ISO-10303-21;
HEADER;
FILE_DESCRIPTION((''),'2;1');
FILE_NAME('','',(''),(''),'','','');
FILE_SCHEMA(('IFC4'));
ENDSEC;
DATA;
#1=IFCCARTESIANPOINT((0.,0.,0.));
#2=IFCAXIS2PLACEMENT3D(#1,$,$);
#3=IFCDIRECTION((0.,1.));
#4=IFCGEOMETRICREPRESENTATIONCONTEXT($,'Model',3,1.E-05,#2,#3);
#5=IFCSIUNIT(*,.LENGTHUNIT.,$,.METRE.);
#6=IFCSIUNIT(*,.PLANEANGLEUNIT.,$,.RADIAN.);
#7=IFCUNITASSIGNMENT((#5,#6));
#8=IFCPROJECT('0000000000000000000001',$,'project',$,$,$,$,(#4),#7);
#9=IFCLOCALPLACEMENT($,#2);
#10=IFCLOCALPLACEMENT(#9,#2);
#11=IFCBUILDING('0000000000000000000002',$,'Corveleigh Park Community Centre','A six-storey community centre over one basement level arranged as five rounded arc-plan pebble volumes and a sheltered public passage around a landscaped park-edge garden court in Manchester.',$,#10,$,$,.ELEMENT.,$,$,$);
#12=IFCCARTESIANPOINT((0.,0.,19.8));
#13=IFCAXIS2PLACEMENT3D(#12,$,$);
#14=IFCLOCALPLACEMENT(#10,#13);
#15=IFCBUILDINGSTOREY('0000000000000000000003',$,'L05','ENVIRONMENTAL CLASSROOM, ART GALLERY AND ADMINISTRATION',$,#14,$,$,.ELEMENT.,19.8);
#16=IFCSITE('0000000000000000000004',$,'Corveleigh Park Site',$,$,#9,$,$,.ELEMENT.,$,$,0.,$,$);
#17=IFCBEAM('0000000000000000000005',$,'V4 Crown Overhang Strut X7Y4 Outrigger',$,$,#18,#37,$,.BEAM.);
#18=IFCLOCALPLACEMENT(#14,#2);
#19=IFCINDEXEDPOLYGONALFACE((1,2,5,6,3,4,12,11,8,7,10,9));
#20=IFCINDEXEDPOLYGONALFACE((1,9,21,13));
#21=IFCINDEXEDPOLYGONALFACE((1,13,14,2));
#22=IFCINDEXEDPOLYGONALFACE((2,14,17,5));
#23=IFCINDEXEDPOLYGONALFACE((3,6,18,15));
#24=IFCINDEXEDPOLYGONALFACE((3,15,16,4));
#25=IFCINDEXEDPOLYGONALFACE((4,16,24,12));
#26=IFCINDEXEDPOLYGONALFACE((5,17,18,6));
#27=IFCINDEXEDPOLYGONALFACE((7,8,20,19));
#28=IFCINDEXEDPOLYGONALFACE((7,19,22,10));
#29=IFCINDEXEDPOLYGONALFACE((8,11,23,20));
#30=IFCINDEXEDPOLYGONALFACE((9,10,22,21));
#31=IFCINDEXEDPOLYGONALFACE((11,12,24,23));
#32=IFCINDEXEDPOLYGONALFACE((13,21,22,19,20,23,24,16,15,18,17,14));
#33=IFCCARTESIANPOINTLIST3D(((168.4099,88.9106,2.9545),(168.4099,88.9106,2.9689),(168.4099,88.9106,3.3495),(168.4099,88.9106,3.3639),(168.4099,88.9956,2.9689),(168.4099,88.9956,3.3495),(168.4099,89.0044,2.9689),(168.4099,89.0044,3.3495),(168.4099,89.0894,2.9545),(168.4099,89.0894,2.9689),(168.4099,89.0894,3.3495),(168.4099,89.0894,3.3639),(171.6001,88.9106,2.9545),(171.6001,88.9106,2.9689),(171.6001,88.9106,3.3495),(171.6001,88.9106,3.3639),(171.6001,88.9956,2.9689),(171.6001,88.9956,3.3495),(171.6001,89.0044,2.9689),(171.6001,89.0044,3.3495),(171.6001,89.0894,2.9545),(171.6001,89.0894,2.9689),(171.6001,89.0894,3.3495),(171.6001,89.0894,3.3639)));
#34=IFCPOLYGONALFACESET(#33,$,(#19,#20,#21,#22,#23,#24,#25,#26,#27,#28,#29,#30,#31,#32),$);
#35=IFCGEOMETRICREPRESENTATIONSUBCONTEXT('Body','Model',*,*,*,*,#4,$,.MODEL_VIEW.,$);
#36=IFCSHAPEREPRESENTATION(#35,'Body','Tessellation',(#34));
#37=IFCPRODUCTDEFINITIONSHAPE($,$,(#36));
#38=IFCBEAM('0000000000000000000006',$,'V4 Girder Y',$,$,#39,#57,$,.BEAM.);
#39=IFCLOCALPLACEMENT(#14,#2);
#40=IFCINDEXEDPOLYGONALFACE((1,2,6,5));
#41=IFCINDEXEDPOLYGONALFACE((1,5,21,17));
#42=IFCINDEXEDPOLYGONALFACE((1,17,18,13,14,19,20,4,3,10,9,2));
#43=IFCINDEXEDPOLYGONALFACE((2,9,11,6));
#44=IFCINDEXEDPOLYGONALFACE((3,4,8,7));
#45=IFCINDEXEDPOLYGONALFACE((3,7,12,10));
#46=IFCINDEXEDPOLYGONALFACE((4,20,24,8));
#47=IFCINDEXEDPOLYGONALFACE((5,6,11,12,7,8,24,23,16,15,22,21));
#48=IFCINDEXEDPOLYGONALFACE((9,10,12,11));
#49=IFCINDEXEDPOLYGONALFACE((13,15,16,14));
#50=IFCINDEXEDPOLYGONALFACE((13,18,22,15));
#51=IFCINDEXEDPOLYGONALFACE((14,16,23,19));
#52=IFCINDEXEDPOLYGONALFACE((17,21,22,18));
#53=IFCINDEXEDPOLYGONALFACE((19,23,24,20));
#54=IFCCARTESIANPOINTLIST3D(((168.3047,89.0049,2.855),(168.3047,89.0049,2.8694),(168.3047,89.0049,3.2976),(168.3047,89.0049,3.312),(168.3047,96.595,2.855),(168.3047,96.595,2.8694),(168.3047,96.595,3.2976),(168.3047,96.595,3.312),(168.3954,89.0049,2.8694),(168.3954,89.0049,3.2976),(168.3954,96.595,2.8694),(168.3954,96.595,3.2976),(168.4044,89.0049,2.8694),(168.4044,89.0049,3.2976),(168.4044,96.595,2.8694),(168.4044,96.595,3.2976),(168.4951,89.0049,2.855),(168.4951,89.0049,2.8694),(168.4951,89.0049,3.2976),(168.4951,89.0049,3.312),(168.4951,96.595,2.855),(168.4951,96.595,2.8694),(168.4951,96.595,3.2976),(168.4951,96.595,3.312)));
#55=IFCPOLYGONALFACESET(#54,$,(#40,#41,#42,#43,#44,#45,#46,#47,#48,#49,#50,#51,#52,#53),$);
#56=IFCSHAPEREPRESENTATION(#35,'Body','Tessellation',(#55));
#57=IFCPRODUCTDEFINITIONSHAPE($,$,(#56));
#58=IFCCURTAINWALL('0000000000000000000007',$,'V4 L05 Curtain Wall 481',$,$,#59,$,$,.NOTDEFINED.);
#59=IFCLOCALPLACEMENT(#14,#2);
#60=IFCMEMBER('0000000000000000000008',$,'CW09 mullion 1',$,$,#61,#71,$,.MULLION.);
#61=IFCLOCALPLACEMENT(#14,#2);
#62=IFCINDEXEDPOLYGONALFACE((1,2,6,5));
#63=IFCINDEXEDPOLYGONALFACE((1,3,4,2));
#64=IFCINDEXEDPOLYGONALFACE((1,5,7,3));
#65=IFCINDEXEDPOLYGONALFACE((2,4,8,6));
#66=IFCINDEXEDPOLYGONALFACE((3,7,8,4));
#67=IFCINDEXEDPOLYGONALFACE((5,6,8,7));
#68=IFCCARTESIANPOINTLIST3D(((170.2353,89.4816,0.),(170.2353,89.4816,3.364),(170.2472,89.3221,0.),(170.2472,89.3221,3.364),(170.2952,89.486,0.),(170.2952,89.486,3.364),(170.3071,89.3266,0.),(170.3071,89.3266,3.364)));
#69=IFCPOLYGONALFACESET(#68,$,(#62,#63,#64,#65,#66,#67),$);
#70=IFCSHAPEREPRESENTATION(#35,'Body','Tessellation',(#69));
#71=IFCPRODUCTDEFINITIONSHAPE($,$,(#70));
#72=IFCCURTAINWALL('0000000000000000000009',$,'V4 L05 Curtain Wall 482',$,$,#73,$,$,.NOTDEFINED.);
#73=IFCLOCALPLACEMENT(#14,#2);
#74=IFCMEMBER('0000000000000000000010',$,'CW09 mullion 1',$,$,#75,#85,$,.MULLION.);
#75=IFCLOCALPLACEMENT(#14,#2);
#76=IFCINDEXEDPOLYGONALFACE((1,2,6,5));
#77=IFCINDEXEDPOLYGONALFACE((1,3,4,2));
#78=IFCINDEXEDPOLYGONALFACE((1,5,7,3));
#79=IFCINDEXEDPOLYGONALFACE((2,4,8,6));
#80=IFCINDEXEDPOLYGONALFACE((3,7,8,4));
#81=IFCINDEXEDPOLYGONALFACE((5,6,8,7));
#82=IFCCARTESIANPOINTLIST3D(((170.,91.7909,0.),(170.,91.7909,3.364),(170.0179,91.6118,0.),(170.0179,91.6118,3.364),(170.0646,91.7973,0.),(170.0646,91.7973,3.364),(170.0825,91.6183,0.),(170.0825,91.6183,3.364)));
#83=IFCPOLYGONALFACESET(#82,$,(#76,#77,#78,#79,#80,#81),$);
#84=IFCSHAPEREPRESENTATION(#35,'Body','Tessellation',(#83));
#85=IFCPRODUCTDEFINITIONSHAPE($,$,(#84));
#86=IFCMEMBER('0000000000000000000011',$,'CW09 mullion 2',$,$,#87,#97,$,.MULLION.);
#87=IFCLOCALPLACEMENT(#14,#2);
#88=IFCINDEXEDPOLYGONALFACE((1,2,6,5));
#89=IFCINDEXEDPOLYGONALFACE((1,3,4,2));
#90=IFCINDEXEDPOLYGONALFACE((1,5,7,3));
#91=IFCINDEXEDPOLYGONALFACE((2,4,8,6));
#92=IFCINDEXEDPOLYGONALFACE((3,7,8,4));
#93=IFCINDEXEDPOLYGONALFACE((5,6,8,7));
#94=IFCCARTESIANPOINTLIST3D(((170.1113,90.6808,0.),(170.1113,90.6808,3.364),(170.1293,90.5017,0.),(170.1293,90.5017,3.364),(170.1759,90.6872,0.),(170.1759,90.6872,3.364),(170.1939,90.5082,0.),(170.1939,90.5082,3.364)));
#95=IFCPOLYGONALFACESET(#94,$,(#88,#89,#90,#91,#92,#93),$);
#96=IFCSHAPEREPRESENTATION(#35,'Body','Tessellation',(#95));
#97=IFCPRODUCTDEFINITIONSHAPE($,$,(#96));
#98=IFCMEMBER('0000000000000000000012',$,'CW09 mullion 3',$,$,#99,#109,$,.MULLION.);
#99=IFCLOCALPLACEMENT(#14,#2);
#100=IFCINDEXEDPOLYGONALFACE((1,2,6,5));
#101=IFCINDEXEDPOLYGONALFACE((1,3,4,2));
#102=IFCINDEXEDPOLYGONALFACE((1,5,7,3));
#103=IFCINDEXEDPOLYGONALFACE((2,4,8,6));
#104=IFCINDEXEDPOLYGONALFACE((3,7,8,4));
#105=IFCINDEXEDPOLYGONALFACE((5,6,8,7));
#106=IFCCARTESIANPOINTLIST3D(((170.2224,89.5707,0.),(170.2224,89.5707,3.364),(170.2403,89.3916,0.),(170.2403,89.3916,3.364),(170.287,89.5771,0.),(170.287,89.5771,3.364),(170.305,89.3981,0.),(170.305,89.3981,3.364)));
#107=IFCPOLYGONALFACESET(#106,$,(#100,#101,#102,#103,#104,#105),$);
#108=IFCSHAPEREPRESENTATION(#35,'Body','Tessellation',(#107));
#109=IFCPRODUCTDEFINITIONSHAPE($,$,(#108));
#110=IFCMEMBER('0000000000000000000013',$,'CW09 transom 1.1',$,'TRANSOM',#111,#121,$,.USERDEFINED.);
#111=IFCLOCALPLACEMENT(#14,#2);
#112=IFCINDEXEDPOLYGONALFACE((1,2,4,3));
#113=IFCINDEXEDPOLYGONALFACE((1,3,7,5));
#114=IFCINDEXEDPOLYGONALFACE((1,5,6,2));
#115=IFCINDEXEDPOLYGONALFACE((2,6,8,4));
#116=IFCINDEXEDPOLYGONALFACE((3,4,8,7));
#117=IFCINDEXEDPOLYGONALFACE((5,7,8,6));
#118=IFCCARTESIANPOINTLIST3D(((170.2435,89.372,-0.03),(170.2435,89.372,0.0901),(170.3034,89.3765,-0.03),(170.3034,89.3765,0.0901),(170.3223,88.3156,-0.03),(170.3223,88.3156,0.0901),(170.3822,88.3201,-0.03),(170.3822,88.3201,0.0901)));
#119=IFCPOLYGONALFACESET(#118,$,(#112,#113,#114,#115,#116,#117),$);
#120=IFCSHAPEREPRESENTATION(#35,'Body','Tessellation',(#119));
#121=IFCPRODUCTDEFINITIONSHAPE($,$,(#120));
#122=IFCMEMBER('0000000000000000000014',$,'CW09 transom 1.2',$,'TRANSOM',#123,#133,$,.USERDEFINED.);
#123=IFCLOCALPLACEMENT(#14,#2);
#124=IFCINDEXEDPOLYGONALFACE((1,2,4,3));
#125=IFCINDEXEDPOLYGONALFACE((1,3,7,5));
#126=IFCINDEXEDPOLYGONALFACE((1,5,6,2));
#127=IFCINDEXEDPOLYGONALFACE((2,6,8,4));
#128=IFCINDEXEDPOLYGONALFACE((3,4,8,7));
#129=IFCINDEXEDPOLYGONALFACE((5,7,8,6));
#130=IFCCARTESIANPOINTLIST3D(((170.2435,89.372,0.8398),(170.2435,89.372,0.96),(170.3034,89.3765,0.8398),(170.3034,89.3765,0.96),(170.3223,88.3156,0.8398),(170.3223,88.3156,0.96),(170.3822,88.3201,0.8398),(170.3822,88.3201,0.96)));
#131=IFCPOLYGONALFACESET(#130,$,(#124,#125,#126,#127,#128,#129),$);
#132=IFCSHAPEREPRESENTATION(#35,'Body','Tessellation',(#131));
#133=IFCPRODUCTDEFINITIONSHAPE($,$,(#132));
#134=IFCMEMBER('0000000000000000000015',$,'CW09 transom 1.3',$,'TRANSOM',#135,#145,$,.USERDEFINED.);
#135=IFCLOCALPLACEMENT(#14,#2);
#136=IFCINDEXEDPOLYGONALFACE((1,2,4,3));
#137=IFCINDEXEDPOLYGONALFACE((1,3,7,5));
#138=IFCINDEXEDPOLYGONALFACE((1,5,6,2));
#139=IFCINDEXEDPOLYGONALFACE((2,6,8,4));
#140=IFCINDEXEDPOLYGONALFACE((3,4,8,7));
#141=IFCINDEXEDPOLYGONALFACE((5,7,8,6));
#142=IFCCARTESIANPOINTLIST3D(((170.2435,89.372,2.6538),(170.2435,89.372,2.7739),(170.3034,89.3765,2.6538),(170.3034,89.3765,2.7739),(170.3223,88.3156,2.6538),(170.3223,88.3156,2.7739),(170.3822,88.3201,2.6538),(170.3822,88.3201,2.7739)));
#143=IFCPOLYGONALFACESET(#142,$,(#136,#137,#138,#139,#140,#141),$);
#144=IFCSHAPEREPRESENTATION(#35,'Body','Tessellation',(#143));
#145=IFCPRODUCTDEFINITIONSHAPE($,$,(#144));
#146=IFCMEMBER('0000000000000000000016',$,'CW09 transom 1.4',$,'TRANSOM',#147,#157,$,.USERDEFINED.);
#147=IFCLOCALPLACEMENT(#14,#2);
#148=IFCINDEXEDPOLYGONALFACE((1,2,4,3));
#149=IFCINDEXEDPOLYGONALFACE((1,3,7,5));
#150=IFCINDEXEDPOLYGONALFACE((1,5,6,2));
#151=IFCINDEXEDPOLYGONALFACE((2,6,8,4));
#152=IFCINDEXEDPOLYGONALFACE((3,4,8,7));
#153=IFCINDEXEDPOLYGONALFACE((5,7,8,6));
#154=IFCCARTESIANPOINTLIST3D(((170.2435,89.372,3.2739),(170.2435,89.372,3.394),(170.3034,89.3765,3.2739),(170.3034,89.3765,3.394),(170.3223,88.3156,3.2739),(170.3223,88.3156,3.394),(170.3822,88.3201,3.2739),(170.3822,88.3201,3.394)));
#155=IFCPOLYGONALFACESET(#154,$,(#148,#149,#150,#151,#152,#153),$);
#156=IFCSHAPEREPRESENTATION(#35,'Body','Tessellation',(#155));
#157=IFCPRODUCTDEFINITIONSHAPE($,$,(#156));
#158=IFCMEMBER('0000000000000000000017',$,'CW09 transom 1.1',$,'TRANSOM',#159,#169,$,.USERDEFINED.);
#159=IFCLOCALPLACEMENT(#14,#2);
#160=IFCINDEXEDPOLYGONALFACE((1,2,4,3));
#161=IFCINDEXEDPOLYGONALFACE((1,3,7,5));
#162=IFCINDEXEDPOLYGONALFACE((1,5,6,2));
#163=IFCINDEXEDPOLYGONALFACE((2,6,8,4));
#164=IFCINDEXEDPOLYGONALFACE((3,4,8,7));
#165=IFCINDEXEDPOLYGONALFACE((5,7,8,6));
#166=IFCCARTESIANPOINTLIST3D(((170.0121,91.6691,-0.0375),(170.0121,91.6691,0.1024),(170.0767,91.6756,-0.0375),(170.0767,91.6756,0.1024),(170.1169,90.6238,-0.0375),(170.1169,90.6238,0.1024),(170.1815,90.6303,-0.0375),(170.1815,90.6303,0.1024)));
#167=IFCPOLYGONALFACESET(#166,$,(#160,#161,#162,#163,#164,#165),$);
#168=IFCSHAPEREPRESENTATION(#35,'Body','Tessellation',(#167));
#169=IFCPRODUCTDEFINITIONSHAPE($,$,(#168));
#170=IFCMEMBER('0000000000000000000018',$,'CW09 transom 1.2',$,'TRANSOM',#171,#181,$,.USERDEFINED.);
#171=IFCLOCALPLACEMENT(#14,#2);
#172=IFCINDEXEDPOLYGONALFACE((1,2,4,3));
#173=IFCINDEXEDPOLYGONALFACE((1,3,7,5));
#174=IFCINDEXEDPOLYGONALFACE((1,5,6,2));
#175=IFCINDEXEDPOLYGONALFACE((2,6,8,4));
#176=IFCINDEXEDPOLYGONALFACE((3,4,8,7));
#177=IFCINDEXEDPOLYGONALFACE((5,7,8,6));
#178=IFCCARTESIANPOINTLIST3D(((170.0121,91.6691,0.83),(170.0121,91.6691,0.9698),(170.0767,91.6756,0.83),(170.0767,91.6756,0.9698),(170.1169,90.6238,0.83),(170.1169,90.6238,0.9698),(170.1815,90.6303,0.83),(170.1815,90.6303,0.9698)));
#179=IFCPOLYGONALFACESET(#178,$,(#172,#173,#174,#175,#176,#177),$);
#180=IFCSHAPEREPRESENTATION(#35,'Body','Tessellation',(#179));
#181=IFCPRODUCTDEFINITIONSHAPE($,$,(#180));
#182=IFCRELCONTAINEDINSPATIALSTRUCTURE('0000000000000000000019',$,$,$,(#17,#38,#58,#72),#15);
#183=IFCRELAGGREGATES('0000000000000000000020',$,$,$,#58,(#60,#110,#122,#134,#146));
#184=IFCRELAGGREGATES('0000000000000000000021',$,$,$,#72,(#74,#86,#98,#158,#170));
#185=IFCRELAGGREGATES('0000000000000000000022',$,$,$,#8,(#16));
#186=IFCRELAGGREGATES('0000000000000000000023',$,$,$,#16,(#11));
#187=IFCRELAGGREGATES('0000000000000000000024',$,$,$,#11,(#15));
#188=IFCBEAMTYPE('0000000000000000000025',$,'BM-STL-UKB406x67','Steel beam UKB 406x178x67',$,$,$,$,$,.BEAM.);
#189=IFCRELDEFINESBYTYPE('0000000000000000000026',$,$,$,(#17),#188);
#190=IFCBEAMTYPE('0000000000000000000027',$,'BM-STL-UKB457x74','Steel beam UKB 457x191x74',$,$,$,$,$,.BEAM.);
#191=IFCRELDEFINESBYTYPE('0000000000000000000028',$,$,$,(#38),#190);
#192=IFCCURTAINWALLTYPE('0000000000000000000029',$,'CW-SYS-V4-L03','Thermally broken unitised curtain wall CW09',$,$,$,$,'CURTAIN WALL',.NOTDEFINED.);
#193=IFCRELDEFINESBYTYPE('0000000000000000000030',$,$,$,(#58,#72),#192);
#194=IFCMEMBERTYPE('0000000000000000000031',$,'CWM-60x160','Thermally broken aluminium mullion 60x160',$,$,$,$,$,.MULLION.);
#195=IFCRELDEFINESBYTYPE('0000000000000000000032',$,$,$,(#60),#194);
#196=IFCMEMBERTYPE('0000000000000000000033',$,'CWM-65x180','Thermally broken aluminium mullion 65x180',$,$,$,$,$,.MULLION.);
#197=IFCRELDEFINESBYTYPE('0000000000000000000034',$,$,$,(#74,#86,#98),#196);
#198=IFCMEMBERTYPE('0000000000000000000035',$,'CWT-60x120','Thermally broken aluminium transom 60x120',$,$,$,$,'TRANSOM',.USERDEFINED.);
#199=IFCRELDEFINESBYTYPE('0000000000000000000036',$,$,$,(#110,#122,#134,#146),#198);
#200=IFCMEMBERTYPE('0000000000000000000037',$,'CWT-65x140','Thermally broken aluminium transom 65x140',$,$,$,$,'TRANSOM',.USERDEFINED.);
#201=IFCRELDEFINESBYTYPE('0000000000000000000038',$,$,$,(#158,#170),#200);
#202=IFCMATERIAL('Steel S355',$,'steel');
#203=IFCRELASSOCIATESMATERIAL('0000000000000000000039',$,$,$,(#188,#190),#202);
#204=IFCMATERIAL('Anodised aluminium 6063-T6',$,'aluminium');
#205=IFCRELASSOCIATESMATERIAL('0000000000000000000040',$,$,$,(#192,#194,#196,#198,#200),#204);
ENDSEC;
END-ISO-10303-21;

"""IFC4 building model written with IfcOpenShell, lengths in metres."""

from ifc_helpers import new_model, si_unit, direction, frame, origin, origin_2d, place, context, subcontext, project, spatial, rectangle, i_section, extrude, material, material_profile, profile_set, type_object, element, aggregate, save


model = new_model("IFC4")

# Units and contexts
model_context = context("Model", 3, precision=1e-05, world=origin(), true_north=direction((0.0, 1.0)))
body_context = subcontext(model_context, "Body", "Model", "MODEL_VIEW")
ifc_project = project(units=[si_unit("LENGTHUNIT", "METRE"), si_unit("PLANEANGLEUNIT", "RADIAN")], contexts=[model_context])

# Site, building, storey
site_placement = place(None, origin())
site = spatial("IfcSite", under=ifc_project, at=site_placement, Name="Corveleigh Park Site", CompositionType="ELEMENT", RefElevation=0.0)
building_placement = place(site_placement, origin())
building = spatial("IfcBuilding", under=site, at=building_placement, Name="Corveleigh Park Community Centre", Description="A six-storey community centre over one basement level arranged as five rounded arc-plan pebble volumes and a sheltered public passage around a landscaped park-edge garden court in Manchester.", CompositionType="ELEMENT")
storey_placement = place(building_placement, frame((0.0, 0.0, 19.8)))
storey = spatial("IfcBuildingStorey", under=building, at=storey_placement, Name="L05", Description="ENVIRONMENTAL CLASSROOM, ART GALLERY AND ADMINISTRATION", CompositionType="ELEMENT", Elevation=19.8)

# Beams
ifc_material_1 = material(Name="Steel S355", Category="steel")
ifc_material_profile_1 = material_profile(ifc_material_1, i_section(OverallWidth=0.1787, OverallDepth=0.4094, WebThickness=0.0088, FlangeThickness=0.0144, at=origin_2d()), Name="UKB 406x178x67", Category="steel")
ifc_profile_set_1 = profile_set([ifc_material_profile_1], Name="Steel S355")
beam_type_1 = type_object("IfcBeamType", Name="BM-STL-UKB406x67", Description="Steel beam UKB 406x178x67", PredefinedType="BEAM", material=ifc_profile_set_1)
beam_1_placement = place(storey_placement, frame((168.4099, 89.0, 3.1592), z_axis=(1.0, 0.0, 0.0), x_axis=(0.0, 1.0, 0.0)))
element("IfcBeam", 1, at=beam_1_placement, inside=storey, type_object=beam_type_1, Name="V4 Crown Overhang Strut X7Y4 Outrigger", PredefinedType="BEAM", context=body_context, shape_type="SweptSolid", body=[
    extrude(i_section(OverallWidth=0.1787, OverallDepth=0.4094, WebThickness=0.0088, FlangeThickness=0.0144, at=origin_2d()), origin(), (0.0, 0.0, 1.0), 3.1902),
])
ifc_material_profile_2 = material_profile(ifc_material_1, i_section(OverallWidth=0.1904, OverallDepth=0.457, WebThickness=0.009, FlangeThickness=0.0144, at=origin_2d()), Name="UKB 457x191x74", Category="steel")
ifc_profile_set_2 = profile_set([ifc_material_profile_2], Name="Steel S355")
beam_type_2 = type_object("IfcBeamType", Name="BM-STL-UKB457x74", Description="Steel beam UKB 457x191x74", PredefinedType="BEAM", material=ifc_profile_set_2)
beam_2_placement = place(storey_placement, frame((168.3999, 89.0049, 3.0835), z_axis=(0.0, 1.0, 0.0), x_axis=(-1.0, 0.0, 0.0)))
element("IfcBeam", 2, at=beam_2_placement, inside=storey, type_object=beam_type_2, Name="V4 Girder Y", PredefinedType="BEAM", context=body_context, shape_type="SweptSolid", body=[
    extrude(i_section(OverallWidth=0.1904, OverallDepth=0.457, WebThickness=0.009, FlangeThickness=0.0144, at=origin_2d()), origin(), (0.0, 0.0, 1.0), 7.5901),
])

# Curtain wall, member
ifc_material_2 = material(Name="Anodised aluminium 6063-T6", Category="aluminium")
curtain_wall_type = type_object("IfcCurtainWallType", Name="CW-SYS-V4-L03", Description="Thermally broken unitised curtain wall CW09", ElementType="CURTAIN WALL", PredefinedType="NOTDEFINED", material=ifc_material_2)
curtain_wall_1_placement = place(storey_placement, origin())
curtain_wall_1 = element("IfcCurtainWall", 3, at=curtain_wall_1_placement, inside=storey, type_object=curtain_wall_type, Name="V4 L05 Curtain Wall 481", PredefinedType="NOTDEFINED")
ifc_material_profile_3 = material_profile(ifc_material_2, rectangle(XDim=0.0601, YDim=0.1599, at=origin_2d()), Name="ALU-M60x160", Category="aluminium")
ifc_profile_set_3 = profile_set([ifc_material_profile_3], Name="Anodised aluminium 6063-T6")
member_type_1 = type_object("IfcMemberType", Name="CWM-60x160", Description="Thermally broken aluminium mullion 60x160", PredefinedType="MULLION", material=ifc_profile_set_3)
member_1_placement = place(storey_placement, frame((170.2712, 89.4041, 0.0), z_axis=(0.0, 0.0, 1.0), x_axis=(0.997228, 0.074401, 0.0)))
member_1 = element("IfcMember", 4, at=member_1_placement, type_object=member_type_1, Name="CW09 mullion 1", PredefinedType="MULLION", context=body_context, shape_type="SweptSolid", body=[
    extrude(rectangle(XDim=0.0601, YDim=0.1599, at=origin_2d()), origin(), (0.0, 0.0, 1.0), 3.364),
])

# Curtain wall, members
curtain_wall_2_placement = place(storey_placement, origin())
curtain_wall_2 = element("IfcCurtainWall", 5, at=curtain_wall_2_placement, inside=storey, type_object=curtain_wall_type, Name="V4 L05 Curtain Wall 482", PredefinedType="NOTDEFINED")
ifc_material_profile_4 = material_profile(ifc_material_2, rectangle(XDim=0.0649, YDim=0.1799, at=origin_2d()), Name="ALU-M65x180", Category="aluminium")
ifc_profile_set_4 = profile_set([ifc_material_profile_4], Name="Anodised aluminium 6063-T6")
member_type_2 = type_object("IfcMemberType", Name="CWM-65x180", Description="Thermally broken aluminium mullion 65x180", PredefinedType="MULLION", material=ifc_profile_set_4)
member_2_placement = place(storey_placement, frame((170.0413, 91.7046, 0.0), z_axis=(0.0, 0.0, 1.0), x_axis=(0.995016, 0.099719, 0.0)))
member_2 = element("IfcMember", 6, at=member_2_placement, type_object=member_type_2, Name="CW09 mullion 1", PredefinedType="MULLION", context=body_context, shape_type="SweptSolid", body=[
    extrude(rectangle(XDim=0.0649, YDim=0.1799, at=origin_2d()), origin(), (0.0, 0.0, 1.0), 3.364),
])
member_3_placement = place(storey_placement, frame((170.1526, 90.5945, 0.0), z_axis=(0.0, 0.0, 1.0), x_axis=(0.995016, 0.099719, 0.0)))
member_3 = element("IfcMember", 7, at=member_3_placement, type_object=member_type_2, Name="CW09 mullion 2", PredefinedType="MULLION", context=body_context, shape_type="SweptSolid", body=[
    extrude(rectangle(XDim=0.0649, YDim=0.1799, at=origin_2d()), origin(), (0.0, 0.0, 1.0), 3.364),
])
member_4_placement = place(storey_placement, frame((170.2637, 89.4844, 0.0), z_axis=(0.0, 0.0, 1.0), x_axis=(0.995016, 0.099719, 0.0)))
member_4 = element("IfcMember", 8, at=member_4_placement, type_object=member_type_2, Name="CW09 mullion 3", PredefinedType="MULLION", context=body_context, shape_type="SweptSolid", body=[
    extrude(rectangle(XDim=0.0649, YDim=0.1799, at=origin_2d()), origin(), (0.0, 0.0, 1.0), 3.364),
])

# Members
ifc_material_profile_5 = material_profile(ifc_material_2, rectangle(XDim=0.0601, YDim=0.1201, at=origin_2d()), Name="ALU-T60x120", Category="aluminium")
ifc_profile_set_5 = profile_set([ifc_material_profile_5], Name="Anodised aluminium 6063-T6")
member_type_3 = type_object("IfcMemberType", Name="CWT-60x120", Description="Thermally broken aluminium transom 60x120", ElementType="TRANSOM", PredefinedType="USERDEFINED", material=ifc_profile_set_5)
member_5_placement = place(storey_placement, frame((170.2734, 89.3743, 0.03), z_axis=(0.07444, -0.997225, 0.0), x_axis=(0.997225, 0.07444, 0.0)))
member_5 = element("IfcMember", 9, at=member_5_placement, type_object=member_type_3, Name="CW09 transom 1.1", ObjectType="TRANSOM", PredefinedType="USERDEFINED", context=body_context, shape_type="SweptSolid", body=[
    extrude(rectangle(XDim=0.0601, YDim=0.1201, at=origin_2d()), origin(), (0.0, 0.0, 1.0), 1.0593),
])
member_6_placement = place(storey_placement, frame((170.2734, 89.3743, 0.8999), z_axis=(0.07444, -0.997225, 0.0), x_axis=(0.997225, 0.07444, 0.0)))
member_6 = element("IfcMember", 10, at=member_6_placement, type_object=member_type_3, Name="CW09 transom 1.2", ObjectType="TRANSOM", PredefinedType="USERDEFINED", context=body_context, shape_type="SweptSolid", body=[
    extrude(rectangle(XDim=0.0601, YDim=0.1201, at=origin_2d()), origin(), (0.0, 0.0, 1.0), 1.0593),
])
member_7_placement = place(storey_placement, frame((170.2734, 89.3743, 2.7139), z_axis=(0.07444, -0.997225, 0.0), x_axis=(0.997225, 0.07444, 0.0)))
member_7 = element("IfcMember", 11, at=member_7_placement, type_object=member_type_3, Name="CW09 transom 1.3", ObjectType="TRANSOM", PredefinedType="USERDEFINED", context=body_context, shape_type="SweptSolid", body=[
    extrude(rectangle(XDim=0.0601, YDim=0.1201, at=origin_2d()), origin(), (0.0, 0.0, 1.0), 1.0593),
])
member_8_placement = place(storey_placement, frame((170.2734, 89.3743, 3.334), z_axis=(0.07444, -0.997225, 0.0), x_axis=(0.997225, 0.07444, 0.0)))
member_8 = element("IfcMember", 12, at=member_8_placement, type_object=member_type_3, Name="CW09 transom 1.4", ObjectType="TRANSOM", PredefinedType="USERDEFINED", context=body_context, shape_type="SweptSolid", body=[
    extrude(rectangle(XDim=0.0601, YDim=0.1201, at=origin_2d()), origin(), (0.0, 0.0, 1.0), 1.0593),
])
aggregate(curtain_wall_1, [member_1, member_5, member_6, member_7, member_8])
ifc_material_profile_6 = material_profile(ifc_material_2, rectangle(XDim=0.0649, YDim=0.1399, at=origin_2d()), Name="ALU-T65x140", Category="aluminium")
ifc_profile_set_6 = profile_set([ifc_material_profile_6], Name="Anodised aluminium 6063-T6")
member_type_4 = type_object("IfcMemberType", Name="CWT-65x140", Description="Thermally broken aluminium transom 65x140", ElementType="TRANSOM", PredefinedType="USERDEFINED", material=ifc_profile_set_6)
member_9_placement = place(storey_placement, frame((170.0444, 91.6724, 0.0325), z_axis=(0.099688, -0.995019, 0.0), x_axis=(0.995019, 0.099688, 0.0)))
member_9 = element("IfcMember", 13, at=member_9_placement, type_object=member_type_4, Name="CW09 transom 1.1", ObjectType="TRANSOM", PredefinedType="USERDEFINED", context=body_context, shape_type="SweptSolid", body=[
    extrude(rectangle(XDim=0.0649, YDim=0.1399, at=origin_2d()), origin(), (0.0, 0.0, 1.0), 1.0505),
])
member_10_placement = place(storey_placement, frame((170.0444, 91.6724, 0.8999), z_axis=(0.099688, -0.995019, 0.0), x_axis=(0.995019, 0.099688, 0.0)))
member_10 = element("IfcMember", 14, at=member_10_placement, type_object=member_type_4, Name="CW09 transom 1.2", ObjectType="TRANSOM", PredefinedType="USERDEFINED", context=body_context, shape_type="SweptSolid", body=[
    extrude(rectangle(XDim=0.0649, YDim=0.1399, at=origin_2d()), origin(), (0.0, 0.0, 1.0), 1.0505),
])

aggregate(curtain_wall_2, [member_2, member_3, member_4, member_9, member_10])

save(model, "model.ifc")
